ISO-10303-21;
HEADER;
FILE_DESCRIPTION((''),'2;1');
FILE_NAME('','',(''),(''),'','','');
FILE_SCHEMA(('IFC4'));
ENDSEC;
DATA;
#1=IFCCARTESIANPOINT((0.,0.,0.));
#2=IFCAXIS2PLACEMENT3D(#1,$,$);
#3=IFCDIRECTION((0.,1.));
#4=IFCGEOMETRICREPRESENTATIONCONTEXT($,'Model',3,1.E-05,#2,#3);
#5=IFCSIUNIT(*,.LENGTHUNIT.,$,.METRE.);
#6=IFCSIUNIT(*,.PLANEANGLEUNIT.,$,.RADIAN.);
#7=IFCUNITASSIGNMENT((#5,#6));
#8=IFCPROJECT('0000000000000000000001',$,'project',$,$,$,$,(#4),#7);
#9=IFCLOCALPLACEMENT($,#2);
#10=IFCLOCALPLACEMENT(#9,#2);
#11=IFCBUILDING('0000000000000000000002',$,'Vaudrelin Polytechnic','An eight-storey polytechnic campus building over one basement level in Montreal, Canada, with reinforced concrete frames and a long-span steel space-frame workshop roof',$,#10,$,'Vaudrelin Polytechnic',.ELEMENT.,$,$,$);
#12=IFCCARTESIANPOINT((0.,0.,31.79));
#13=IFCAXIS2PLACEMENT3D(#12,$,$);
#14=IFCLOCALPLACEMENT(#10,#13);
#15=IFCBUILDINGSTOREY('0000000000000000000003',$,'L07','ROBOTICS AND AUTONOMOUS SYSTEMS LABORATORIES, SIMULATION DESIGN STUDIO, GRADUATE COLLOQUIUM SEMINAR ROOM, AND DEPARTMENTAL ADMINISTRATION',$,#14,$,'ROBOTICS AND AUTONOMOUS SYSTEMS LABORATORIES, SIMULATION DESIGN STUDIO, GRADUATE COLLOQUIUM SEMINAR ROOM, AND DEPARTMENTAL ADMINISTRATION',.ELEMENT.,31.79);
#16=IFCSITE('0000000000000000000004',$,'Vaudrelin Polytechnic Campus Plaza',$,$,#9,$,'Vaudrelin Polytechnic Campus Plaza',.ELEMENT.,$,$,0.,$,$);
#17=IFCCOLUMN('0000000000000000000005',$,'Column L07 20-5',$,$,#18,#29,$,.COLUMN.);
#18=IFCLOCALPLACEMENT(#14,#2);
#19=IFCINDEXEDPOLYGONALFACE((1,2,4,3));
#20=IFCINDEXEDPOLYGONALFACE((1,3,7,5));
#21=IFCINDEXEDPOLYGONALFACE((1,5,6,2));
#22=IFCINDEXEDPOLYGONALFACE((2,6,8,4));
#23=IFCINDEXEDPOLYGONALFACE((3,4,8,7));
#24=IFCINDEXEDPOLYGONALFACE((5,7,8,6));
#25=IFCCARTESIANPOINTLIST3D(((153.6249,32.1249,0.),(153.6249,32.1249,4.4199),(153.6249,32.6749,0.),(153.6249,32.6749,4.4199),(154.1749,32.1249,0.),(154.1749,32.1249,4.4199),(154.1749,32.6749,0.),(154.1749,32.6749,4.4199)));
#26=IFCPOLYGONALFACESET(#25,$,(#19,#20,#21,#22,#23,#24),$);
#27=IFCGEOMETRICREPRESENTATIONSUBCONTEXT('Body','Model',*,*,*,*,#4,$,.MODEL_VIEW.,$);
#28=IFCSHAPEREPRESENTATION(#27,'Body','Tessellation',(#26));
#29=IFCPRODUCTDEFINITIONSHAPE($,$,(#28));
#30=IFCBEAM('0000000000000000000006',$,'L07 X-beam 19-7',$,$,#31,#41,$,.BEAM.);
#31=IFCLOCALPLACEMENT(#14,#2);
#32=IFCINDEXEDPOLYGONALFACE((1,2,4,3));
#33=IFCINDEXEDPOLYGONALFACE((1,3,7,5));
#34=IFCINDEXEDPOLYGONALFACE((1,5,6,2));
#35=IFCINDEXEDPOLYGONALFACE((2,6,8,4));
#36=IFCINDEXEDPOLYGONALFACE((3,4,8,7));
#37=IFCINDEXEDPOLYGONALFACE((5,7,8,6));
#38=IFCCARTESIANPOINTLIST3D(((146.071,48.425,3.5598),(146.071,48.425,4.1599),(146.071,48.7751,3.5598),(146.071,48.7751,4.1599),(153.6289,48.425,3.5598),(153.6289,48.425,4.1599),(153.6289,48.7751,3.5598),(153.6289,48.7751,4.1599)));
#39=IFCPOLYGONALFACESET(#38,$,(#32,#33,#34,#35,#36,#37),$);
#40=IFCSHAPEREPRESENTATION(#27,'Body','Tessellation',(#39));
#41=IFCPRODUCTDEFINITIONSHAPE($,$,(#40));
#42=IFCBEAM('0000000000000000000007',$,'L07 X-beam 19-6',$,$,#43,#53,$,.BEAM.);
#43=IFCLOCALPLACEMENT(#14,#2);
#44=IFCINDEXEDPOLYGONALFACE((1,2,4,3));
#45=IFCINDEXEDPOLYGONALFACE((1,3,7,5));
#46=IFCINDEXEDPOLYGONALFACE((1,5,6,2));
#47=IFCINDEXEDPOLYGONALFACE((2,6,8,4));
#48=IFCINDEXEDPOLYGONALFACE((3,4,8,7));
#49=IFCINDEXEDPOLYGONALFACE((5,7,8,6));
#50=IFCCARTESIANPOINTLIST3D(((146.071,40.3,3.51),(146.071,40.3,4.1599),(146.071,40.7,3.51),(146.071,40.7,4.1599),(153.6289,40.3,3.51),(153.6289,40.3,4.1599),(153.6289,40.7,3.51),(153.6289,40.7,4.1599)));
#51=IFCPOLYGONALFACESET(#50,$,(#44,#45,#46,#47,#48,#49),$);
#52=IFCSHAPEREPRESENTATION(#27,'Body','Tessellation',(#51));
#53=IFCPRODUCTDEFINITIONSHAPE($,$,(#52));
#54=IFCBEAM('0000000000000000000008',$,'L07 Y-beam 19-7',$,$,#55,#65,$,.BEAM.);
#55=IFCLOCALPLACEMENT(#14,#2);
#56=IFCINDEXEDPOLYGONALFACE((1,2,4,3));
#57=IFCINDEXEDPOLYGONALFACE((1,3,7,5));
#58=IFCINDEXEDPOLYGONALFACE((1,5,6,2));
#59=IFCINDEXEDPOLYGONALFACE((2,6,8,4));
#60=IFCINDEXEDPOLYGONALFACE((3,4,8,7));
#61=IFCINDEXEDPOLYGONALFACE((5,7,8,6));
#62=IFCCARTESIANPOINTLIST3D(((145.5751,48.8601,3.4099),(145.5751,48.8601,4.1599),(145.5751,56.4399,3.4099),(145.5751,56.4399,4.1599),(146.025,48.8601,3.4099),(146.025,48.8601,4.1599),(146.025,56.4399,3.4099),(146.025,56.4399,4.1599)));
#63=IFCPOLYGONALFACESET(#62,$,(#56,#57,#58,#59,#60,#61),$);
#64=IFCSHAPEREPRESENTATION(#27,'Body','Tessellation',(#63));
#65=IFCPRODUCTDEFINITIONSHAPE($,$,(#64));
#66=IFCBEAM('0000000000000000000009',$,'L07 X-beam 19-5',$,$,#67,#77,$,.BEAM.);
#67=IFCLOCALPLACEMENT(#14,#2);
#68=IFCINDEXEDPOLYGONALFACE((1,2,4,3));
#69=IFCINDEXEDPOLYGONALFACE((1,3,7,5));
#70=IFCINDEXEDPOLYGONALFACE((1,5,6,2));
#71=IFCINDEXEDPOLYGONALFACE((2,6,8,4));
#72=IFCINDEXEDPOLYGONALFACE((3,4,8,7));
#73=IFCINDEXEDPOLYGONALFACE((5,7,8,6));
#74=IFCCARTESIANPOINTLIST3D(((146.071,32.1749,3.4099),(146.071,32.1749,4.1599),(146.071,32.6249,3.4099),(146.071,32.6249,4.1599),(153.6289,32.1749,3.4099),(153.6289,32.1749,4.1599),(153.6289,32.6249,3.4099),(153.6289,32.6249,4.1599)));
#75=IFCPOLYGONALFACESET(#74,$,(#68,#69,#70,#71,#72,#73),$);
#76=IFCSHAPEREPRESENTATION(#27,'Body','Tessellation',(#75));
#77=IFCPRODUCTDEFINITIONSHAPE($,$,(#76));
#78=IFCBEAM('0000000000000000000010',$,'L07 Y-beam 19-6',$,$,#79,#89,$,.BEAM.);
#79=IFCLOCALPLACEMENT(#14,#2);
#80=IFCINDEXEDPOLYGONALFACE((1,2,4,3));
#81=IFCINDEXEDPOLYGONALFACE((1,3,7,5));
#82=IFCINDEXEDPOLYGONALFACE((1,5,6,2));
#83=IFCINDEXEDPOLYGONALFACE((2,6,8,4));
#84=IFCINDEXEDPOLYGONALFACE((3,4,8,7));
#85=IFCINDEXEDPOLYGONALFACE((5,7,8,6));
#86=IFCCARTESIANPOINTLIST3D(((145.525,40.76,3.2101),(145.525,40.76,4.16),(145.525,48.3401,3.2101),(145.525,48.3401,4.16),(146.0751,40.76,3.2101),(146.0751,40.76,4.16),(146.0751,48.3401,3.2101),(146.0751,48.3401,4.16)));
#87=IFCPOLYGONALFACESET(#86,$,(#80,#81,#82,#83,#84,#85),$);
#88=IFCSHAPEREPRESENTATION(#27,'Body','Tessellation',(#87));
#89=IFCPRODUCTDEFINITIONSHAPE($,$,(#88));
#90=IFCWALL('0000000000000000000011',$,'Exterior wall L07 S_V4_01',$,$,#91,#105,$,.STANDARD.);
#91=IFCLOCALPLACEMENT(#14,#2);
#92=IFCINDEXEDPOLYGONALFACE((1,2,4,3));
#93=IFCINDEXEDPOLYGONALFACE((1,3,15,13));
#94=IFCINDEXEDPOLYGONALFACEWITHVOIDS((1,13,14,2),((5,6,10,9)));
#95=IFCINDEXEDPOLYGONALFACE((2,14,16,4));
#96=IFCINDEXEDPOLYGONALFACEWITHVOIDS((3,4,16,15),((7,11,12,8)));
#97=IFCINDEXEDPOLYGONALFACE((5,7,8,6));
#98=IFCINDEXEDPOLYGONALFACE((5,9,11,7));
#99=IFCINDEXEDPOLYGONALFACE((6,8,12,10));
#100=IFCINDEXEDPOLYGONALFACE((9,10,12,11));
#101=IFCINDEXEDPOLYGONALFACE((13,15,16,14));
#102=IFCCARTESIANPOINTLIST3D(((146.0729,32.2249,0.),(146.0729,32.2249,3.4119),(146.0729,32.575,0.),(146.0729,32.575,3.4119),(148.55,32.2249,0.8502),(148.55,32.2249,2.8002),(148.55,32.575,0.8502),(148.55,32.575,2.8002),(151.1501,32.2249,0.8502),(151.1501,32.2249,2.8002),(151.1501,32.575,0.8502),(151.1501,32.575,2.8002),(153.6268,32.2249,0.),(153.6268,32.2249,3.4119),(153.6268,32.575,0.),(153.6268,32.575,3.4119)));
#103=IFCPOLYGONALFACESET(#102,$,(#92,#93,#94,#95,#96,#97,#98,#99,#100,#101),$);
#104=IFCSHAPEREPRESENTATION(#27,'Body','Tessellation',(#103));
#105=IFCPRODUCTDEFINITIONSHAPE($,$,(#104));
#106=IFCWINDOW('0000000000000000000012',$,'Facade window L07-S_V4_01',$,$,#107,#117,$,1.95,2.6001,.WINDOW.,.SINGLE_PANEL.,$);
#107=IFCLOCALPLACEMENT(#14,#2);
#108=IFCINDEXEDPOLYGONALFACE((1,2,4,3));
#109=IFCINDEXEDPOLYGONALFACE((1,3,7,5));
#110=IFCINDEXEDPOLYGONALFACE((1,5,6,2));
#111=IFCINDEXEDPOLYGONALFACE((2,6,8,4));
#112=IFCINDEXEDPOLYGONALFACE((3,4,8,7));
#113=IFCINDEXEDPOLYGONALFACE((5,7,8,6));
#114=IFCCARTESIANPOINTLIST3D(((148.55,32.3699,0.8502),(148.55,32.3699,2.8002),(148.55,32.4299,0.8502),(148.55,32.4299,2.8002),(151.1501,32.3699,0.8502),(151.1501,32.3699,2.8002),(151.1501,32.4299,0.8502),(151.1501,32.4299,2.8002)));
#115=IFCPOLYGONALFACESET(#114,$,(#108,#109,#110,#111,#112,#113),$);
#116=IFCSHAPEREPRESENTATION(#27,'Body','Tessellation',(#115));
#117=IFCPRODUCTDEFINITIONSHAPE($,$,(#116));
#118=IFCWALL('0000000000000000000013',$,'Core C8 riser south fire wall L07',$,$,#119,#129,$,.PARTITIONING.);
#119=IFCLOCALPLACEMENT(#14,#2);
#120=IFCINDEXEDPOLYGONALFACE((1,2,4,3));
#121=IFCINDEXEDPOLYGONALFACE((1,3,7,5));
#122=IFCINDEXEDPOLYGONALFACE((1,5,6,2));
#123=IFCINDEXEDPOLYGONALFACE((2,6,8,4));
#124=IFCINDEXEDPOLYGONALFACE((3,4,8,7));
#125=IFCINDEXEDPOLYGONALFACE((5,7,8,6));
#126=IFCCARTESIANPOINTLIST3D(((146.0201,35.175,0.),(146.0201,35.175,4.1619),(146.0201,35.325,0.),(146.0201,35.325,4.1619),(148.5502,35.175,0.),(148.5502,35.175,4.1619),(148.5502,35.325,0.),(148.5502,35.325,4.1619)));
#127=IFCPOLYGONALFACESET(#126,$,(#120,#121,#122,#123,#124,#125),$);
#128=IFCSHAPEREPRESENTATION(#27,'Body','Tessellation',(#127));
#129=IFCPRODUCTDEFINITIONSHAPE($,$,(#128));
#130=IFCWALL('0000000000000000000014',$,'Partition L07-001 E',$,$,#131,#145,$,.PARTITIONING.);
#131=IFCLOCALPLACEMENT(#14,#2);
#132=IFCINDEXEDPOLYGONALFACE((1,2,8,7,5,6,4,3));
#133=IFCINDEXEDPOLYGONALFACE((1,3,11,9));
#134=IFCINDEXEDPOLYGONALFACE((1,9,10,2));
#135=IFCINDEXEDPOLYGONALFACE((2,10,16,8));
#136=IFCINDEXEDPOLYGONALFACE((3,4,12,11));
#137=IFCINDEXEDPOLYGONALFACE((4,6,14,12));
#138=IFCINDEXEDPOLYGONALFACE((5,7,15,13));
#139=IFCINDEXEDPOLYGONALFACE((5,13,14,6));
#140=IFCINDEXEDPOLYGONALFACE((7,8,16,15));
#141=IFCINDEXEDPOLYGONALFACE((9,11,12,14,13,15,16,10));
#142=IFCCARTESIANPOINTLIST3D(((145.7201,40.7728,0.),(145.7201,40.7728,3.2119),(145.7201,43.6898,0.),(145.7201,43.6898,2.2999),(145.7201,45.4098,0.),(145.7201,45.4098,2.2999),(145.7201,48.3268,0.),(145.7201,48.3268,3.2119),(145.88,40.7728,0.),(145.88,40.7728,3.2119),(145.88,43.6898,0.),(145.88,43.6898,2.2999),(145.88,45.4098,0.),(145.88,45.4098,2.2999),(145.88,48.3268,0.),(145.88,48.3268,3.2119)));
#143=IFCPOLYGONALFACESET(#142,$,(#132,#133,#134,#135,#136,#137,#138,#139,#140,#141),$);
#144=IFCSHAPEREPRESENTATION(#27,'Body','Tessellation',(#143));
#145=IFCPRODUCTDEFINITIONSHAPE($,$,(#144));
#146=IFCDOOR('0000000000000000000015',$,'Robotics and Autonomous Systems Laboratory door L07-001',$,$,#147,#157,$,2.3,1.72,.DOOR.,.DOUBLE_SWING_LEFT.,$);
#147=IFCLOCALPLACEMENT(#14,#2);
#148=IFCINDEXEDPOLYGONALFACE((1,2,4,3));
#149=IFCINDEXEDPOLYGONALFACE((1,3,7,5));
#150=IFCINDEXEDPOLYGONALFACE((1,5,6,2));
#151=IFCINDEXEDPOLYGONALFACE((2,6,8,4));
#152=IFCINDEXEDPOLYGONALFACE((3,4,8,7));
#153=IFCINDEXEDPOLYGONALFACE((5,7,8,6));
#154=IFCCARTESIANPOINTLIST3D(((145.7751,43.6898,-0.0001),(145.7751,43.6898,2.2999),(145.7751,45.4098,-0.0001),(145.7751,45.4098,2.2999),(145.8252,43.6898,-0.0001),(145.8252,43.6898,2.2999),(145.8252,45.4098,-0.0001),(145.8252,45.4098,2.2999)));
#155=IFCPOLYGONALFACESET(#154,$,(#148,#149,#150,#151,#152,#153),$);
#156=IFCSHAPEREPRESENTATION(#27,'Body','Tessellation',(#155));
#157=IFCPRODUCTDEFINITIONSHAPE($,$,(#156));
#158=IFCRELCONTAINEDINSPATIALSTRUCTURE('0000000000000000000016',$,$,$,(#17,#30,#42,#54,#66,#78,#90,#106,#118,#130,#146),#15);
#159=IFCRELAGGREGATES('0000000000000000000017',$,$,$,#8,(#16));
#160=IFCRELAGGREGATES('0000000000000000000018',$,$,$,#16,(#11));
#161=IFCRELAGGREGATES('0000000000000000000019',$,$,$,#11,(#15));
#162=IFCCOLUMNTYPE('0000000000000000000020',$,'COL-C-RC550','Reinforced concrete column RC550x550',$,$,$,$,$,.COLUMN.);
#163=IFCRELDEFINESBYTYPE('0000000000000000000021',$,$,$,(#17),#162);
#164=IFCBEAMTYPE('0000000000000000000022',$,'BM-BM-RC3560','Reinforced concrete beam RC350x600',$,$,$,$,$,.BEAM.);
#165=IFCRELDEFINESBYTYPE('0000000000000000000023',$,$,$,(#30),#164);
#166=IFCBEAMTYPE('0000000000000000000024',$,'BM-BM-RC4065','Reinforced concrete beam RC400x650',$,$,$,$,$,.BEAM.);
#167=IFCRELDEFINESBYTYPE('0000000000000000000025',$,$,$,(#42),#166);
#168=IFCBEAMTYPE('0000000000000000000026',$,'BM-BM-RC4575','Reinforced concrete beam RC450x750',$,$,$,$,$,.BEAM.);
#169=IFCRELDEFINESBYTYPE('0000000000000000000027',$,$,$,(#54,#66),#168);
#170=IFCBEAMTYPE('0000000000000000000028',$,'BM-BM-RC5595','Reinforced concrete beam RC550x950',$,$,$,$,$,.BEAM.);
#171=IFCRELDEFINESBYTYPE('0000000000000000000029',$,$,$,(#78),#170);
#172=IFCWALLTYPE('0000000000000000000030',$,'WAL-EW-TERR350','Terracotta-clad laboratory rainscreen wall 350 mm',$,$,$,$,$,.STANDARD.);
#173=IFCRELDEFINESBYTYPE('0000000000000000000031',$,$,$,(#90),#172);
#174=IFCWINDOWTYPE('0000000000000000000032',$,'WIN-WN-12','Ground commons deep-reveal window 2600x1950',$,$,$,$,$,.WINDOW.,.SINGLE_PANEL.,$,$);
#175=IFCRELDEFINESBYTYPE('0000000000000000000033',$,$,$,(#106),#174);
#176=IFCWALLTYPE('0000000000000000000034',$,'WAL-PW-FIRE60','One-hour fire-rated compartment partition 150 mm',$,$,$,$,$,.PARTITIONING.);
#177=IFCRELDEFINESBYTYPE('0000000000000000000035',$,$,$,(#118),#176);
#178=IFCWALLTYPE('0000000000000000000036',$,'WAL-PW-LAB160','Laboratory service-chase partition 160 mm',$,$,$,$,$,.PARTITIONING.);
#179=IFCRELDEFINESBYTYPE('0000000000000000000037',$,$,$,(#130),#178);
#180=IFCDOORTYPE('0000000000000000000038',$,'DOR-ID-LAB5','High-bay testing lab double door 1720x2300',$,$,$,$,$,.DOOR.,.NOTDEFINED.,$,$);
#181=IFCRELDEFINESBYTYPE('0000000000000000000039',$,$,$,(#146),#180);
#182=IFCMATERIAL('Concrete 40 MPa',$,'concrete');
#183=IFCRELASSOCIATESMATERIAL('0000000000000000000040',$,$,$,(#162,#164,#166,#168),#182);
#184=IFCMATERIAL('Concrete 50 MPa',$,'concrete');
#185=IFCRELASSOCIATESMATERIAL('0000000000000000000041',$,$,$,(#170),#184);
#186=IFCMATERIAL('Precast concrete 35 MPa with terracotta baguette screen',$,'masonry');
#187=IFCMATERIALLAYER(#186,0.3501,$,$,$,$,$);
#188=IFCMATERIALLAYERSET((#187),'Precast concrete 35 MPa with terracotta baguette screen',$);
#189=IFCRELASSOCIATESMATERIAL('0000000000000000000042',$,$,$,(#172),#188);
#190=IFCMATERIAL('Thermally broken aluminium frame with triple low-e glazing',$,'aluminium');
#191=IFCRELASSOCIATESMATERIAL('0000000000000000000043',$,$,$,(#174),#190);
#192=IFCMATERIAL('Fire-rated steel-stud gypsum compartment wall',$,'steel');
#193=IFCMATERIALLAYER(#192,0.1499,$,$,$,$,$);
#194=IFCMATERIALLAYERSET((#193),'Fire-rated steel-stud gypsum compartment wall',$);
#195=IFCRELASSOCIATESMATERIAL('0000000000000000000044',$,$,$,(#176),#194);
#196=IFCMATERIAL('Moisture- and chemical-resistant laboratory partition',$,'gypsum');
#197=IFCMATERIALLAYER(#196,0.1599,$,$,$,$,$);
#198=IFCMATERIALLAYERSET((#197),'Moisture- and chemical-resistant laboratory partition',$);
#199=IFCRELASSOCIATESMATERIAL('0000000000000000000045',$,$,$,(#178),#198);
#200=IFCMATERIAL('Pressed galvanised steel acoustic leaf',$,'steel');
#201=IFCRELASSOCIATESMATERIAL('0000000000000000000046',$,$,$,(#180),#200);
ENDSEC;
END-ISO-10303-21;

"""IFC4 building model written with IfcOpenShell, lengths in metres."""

from ifc_helpers import new_model, si_unit, direction, frame, frame_2d, origin, origin_2d, place, context, subcontext, project, spatial, rectangle, extrude, material, layer, layer_set, material_profile, profile_set, type_object, element, fill, save


model = new_model("IFC4")

# Units and contexts
model_context = context("Model", 3, precision=1e-05, world=origin(), true_north=direction((0.0, 1.0)))
body_context = subcontext(model_context, "Body", "Model", "MODEL_VIEW")
ifc_project = project(units=[si_unit("LENGTHUNIT", "METRE"), si_unit("PLANEANGLEUNIT", "RADIAN")], contexts=[model_context])

# Site, building, storey
site_placement = place(None, origin())
site = spatial("IfcSite", under=ifc_project, at=site_placement, Name="Vaudrelin Polytechnic Campus Plaza", LongName="Vaudrelin Polytechnic Campus Plaza", CompositionType="ELEMENT", RefElevation=0.0)
building_placement = place(site_placement, origin())
building = spatial("IfcBuilding", under=site, at=building_placement, Name="Vaudrelin Polytechnic", Description="An eight-storey polytechnic campus building over one basement level in Montreal, Canada, with reinforced concrete frames and a long-span steel space-frame workshop roof", LongName="Vaudrelin Polytechnic", CompositionType="ELEMENT")
storey_placement = place(building_placement, frame((0.0, 0.0, 31.79)))
storey = spatial("IfcBuildingStorey", under=building, at=storey_placement, Name="L07", Description="ROBOTICS AND AUTONOMOUS SYSTEMS LABORATORIES, SIMULATION DESIGN STUDIO, GRADUATE COLLOQUIUM SEMINAR ROOM, AND DEPARTMENTAL ADMINISTRATION", LongName="ROBOTICS AND AUTONOMOUS SYSTEMS LABORATORIES, SIMULATION DESIGN STUDIO, GRADUATE COLLOQUIUM SEMINAR ROOM, AND DEPARTMENTAL ADMINISTRATION", CompositionType="ELEMENT", Elevation=31.79)

# Column
ifc_material_1 = material(Name="Concrete 40 MPa", Category="concrete")
ifc_material_profile_1 = material_profile(ifc_material_1, rectangle(XDim=0.55, YDim=0.55, at=origin_2d()), Name="RC550x550")
ifc_profile_set_1 = profile_set([ifc_material_profile_1], Name="Concrete 40 MPa")
column_type = type_object("IfcColumnType", Name="COL-C-RC550", Description="Reinforced concrete column RC550x550", PredefinedType="COLUMN", material=ifc_profile_set_1)
column_placement = place(storey_placement, frame((153.8999, 32.3999, 0.0), z_axis=(0.0, 0.0, 1.0), x_axis=(1.0, 0.0, 0.0)))
element("IfcColumn", 1, at=column_placement, inside=storey, type_object=column_type, Name="Column L07 20-5", PredefinedType="COLUMN", context=body_context, shape_type="SweptSolid", body=[
    extrude(rectangle(XDim=0.55, YDim=0.55, at=origin_2d()), origin(), (0.0, 0.0, 1.0), 4.4199),
])

# Beams
ifc_material_profile_2 = material_profile(ifc_material_1, rectangle(XDim=0.3501, YDim=0.6001, at=origin_2d()), Name="RC350x600")
ifc_profile_set_2 = profile_set([ifc_material_profile_2], Name="Concrete 40 MPa")
beam_type_1 = type_object("IfcBeamType", Name="BM-BM-RC3560", Description="Reinforced concrete beam RC350x600", PredefinedType="BEAM", material=ifc_profile_set_2)
beam_1_placement = place(storey_placement, frame((146.071, 48.6001, 3.8599), z_axis=(1.0, 0.0, 0.0), x_axis=(0.0, 1.0, 0.0)))
element("IfcBeam", 2, at=beam_1_placement, inside=storey, type_object=beam_type_1, Name="L07 X-beam 19-7", PredefinedType="BEAM", context=body_context, shape_type="SweptSolid", body=[
    extrude(rectangle(XDim=0.3501, YDim=0.6001, at=origin_2d()), origin(), (0.0, 0.0, 1.0), 7.5579),
])
ifc_material_profile_3 = material_profile(ifc_material_1, rectangle(XDim=0.3999, YDim=0.6499, at=origin_2d()), Name="RC400x650")
ifc_profile_set_3 = profile_set([ifc_material_profile_3], Name="Concrete 40 MPa")
beam_type_2 = type_object("IfcBeamType", Name="BM-BM-RC4065", Description="Reinforced concrete beam RC400x650", PredefinedType="BEAM", material=ifc_profile_set_3)
beam_2_placement = place(storey_placement, frame((146.071, 40.5, 3.835), z_axis=(1.0, 0.0, 0.0), x_axis=(0.0, 1.0, 0.0)))
element("IfcBeam", 3, at=beam_2_placement, inside=storey, type_object=beam_type_2, Name="L07 X-beam 19-6", PredefinedType="BEAM", context=body_context, shape_type="SweptSolid", body=[
    extrude(rectangle(XDim=0.3999, YDim=0.6499, at=origin_2d()), origin(), (0.0, 0.0, 1.0), 7.5579),
])
ifc_material_profile_4 = material_profile(ifc_material_1, rectangle(XDim=0.45, YDim=0.75, at=origin_2d()), Name="RC450x750")
ifc_profile_set_4 = profile_set([ifc_material_profile_4], Name="Concrete 40 MPa")
beam_type_3 = type_object("IfcBeamType", Name="BM-BM-RC4575", Description="Reinforced concrete beam RC450x750", PredefinedType="BEAM", material=ifc_profile_set_4)
beam_3_placement = place(storey_placement, frame((145.8, 48.8601, 3.7849), z_axis=(0.0, 1.0, 0.0), x_axis=(-1.0, 0.0, 0.0)))
element("IfcBeam", 4, at=beam_3_placement, inside=storey, type_object=beam_type_3, Name="L07 Y-beam 19-7", PredefinedType="BEAM", context=body_context, shape_type="SweptSolid", body=[
    extrude(rectangle(XDim=0.45, YDim=0.75, at=origin_2d()), origin(), (0.0, 0.0, 1.0), 7.5798),
])
beam_4_placement = place(storey_placement, frame((146.071, 32.3999, 3.7849), z_axis=(1.0, 0.0, 0.0), x_axis=(0.0, 1.0, 0.0)))
element("IfcBeam", 5, at=beam_4_placement, inside=storey, type_object=beam_type_3, Name="L07 X-beam 19-5", PredefinedType="BEAM", context=body_context, shape_type="SweptSolid", body=[
    extrude(rectangle(XDim=0.45, YDim=0.75, at=origin_2d()), origin(), (0.0, 0.0, 1.0), 7.5579),
])
ifc_material_2 = material(Name="Concrete 50 MPa", Category="concrete")
ifc_material_profile_5 = material_profile(ifc_material_2, rectangle(XDim=0.55, YDim=0.95, at=origin_2d()), Name="RC550x950")
ifc_profile_set_5 = profile_set([ifc_material_profile_5], Name="Concrete 50 MPa")
beam_type_4 = type_object("IfcBeamType", Name="BM-BM-RC5595", Description="Reinforced concrete beam RC550x950", PredefinedType="BEAM", material=ifc_profile_set_5)
beam_5_placement = place(storey_placement, frame((145.8, 40.76, 3.6851), z_axis=(0.0, 1.0, 0.0), x_axis=(-1.0, 0.0, 0.0)))
element("IfcBeam", 6, at=beam_5_placement, inside=storey, type_object=beam_type_4, Name="L07 Y-beam 19-6", PredefinedType="BEAM", context=body_context, shape_type="SweptSolid", body=[
    extrude(rectangle(XDim=0.55, YDim=0.95, at=origin_2d()), origin(), (0.0, 0.0, 1.0), 7.5801),
])

# Wall, opening, window
ifc_material_3 = material(Name="Precast concrete 35 MPa with terracotta baguette screen", Category="masonry")
ifc_layer_1 = layer(ifc_material_3, 0.3501)
ifc_layer_set_1 = layer_set([ifc_layer_1], Name="Precast concrete 35 MPa with terracotta baguette screen")
wall_type_1 = type_object("IfcWallType", Name="WAL-EW-TERR350", Description="Terracotta-clad laboratory rainscreen wall 350 mm", PredefinedType="STANDARD", material=ifc_layer_set_1)
wall_1_placement = place(storey_placement, frame((146.073, 32.3999, 0.0), z_axis=(0.0, 0.0, 1.0), x_axis=(1.0, 0.0, 0.0)))
wall_1 = element("IfcWall", 7, at=wall_1_placement, inside=storey, type_object=wall_type_1, Name="Exterior wall L07 S_V4_01", PredefinedType="STANDARD", context=body_context, shape_type="SweptSolid", body=[
    extrude(rectangle(XDim=7.554, YDim=0.3501, at=frame_2d((3.7769, 0.0))), origin(), (0.0, 0.0, 1.0), 3.4119),
])
opening_1_placement = place(wall_1_placement, frame((2.4771, 0.0, 0.8501)))
opening_1 = element("IfcOpeningElement", 8, at=opening_1_placement, cuts=wall_1, PredefinedType="OPENING", context=body_context, shape_type="SweptSolid", body=[
    extrude(rectangle(XDim=2.6001, YDim=1.95, at=frame_2d((1.3, 0.9751))), frame((0.0, 0.1851, 0.0), z_axis=(0.0, -1.0, 0.0), x_axis=(1.0, 0.0, 0.0)), (0.0, 0.0, 1.0), 0.3701),
])
ifc_material_4 = material(Name="Thermally broken aluminium frame with triple low-e glazing", Category="aluminium")
window_type = type_object("IfcWindowType", Name="WIN-WN-12", Description="Ground commons deep-reveal window 2600x1950", PartitioningType="SINGLE_PANEL", PredefinedType="WINDOW", material=ifc_material_4)
window_placement = place(opening_1_placement, origin())
window = element("IfcWindow", 9, at=window_placement, inside=storey, type_object=window_type, Name="Facade window L07-S_V4_01", OverallHeight=1.95, OverallWidth=2.6001, PartitioningType="SINGLE_PANEL", PredefinedType="WINDOW", context=body_context, shape_type="SweptSolid", body=[
    extrude(rectangle(XDim=2.6001, YDim=1.95, at=frame_2d((1.3, 0.9751))), frame((0.0, 0.03, 0.0), z_axis=(0.0, -1.0, 0.0), x_axis=(1.0, 0.0, 0.0)), (0.0, 0.0, 1.0), 0.0601),
])
fill(opening_1, window)

# Shared definitions
ifc_material_5 = material(Name="Fire-rated steel-stud gypsum compartment wall", Category="steel")
ifc_layer_2 = layer(ifc_material_5, 0.1499)
ifc_layer_set_2 = layer_set([ifc_layer_2], Name="Fire-rated steel-stud gypsum compartment wall")
wall_type_2 = type_object("IfcWallType", Name="WAL-PW-FIRE60", Description="One-hour fire-rated compartment partition 150 mm", PredefinedType="PARTITIONING", material=ifc_layer_set_2)
ifc_material_6 = material(Name="Pressed galvanised steel acoustic leaf", Category="steel")

# Wall
wall_2_placement = place(storey_placement, frame((146.02, 35.25, 0.0), z_axis=(0.0, 0.0, 1.0), x_axis=(1.0, 0.0, 0.0)))
element("IfcWall", 10, at=wall_2_placement, inside=storey, type_object=wall_type_2, Name="Core C8 riser south fire wall L07", PredefinedType="PARTITIONING", context=body_context, shape_type="SweptSolid", body=[
    extrude(rectangle(XDim=2.53, YDim=0.1499, at=frame_2d((1.2651, 0.0))), origin(), (0.0, 0.0, 1.0), 4.1619),
])

# Wall, opening, door
ifc_material_7 = material(Name="Moisture- and chemical-resistant laboratory partition", Category="gypsum")
ifc_layer_3 = layer(ifc_material_7, 0.1599)
ifc_layer_set_3 = layer_set([ifc_layer_3], Name="Moisture- and chemical-resistant laboratory partition")
wall_type_3 = type_object("IfcWallType", Name="WAL-PW-LAB160", Description="Laboratory service-chase partition 160 mm", PredefinedType="PARTITIONING", material=ifc_layer_set_3)
wall_3_placement = place(storey_placement, frame((145.8, 40.7729, 0.0), z_axis=(0.0, 0.0, 1.0), x_axis=(0.0, 1.0, 0.0)))
wall_3 = element("IfcWall", 11, at=wall_3_placement, inside=storey, type_object=wall_type_3, Name="Partition L07-001 E", PredefinedType="PARTITIONING", context=body_context, shape_type="SweptSolid", body=[
    extrude(rectangle(XDim=7.554, YDim=0.1599, at=frame_2d((3.7769, 0.0))), origin(), (0.0, 0.0, 1.0), 3.2119),
])
opening_2_placement = place(wall_3_placement, frame((2.917, 0.0, 0.0)))
opening_2 = element("IfcOpeningElement", 12, at=opening_2_placement, cuts=wall_3, PredefinedType="OPENING", context=body_context, shape_type="SweptSolid", body=[
    extrude(rectangle(XDim=1.72, YDim=2.3, at=frame_2d((0.8599, 1.1499))), frame((0.0, 0.0898, 0.0), z_axis=(0.0, -1.0, 0.0), x_axis=(1.0, 0.0, 0.0)), (0.0, 0.0, 1.0), 0.1799),
])
door_type_1 = type_object("IfcDoorType", Name="DOR-ID-LAB5", Description="High-bay testing lab double door 1720x2300", OperationType="NOTDEFINED", PredefinedType="DOOR", material=ifc_material_6)
door_1_placement = place(opening_2_placement, origin())
door_1 = element("IfcDoor", 13, at=door_1_placement, inside=storey, type_object=door_type_1, Name="Robotics and Autonomous Systems Laboratory door L07-001", OperationType="DOUBLE_SWING_LEFT", OverallHeight=2.3, OverallWidth=1.72, PredefinedType="DOOR", context=body_context, shape_type="SweptSolid", body=[
    extrude(rectangle(XDim=1.72, YDim=2.3, at=frame_2d((0.8599, 1.1499))), frame((0.0, 0.0249, 0.0), z_axis=(0.0, -1.0, 0.0), x_axis=(1.0, 0.0, 0.0)), (0.0, 0.0, 1.0), 0.05),
])
fill(opening_2, door_1)

save(model, "model.ifc")
